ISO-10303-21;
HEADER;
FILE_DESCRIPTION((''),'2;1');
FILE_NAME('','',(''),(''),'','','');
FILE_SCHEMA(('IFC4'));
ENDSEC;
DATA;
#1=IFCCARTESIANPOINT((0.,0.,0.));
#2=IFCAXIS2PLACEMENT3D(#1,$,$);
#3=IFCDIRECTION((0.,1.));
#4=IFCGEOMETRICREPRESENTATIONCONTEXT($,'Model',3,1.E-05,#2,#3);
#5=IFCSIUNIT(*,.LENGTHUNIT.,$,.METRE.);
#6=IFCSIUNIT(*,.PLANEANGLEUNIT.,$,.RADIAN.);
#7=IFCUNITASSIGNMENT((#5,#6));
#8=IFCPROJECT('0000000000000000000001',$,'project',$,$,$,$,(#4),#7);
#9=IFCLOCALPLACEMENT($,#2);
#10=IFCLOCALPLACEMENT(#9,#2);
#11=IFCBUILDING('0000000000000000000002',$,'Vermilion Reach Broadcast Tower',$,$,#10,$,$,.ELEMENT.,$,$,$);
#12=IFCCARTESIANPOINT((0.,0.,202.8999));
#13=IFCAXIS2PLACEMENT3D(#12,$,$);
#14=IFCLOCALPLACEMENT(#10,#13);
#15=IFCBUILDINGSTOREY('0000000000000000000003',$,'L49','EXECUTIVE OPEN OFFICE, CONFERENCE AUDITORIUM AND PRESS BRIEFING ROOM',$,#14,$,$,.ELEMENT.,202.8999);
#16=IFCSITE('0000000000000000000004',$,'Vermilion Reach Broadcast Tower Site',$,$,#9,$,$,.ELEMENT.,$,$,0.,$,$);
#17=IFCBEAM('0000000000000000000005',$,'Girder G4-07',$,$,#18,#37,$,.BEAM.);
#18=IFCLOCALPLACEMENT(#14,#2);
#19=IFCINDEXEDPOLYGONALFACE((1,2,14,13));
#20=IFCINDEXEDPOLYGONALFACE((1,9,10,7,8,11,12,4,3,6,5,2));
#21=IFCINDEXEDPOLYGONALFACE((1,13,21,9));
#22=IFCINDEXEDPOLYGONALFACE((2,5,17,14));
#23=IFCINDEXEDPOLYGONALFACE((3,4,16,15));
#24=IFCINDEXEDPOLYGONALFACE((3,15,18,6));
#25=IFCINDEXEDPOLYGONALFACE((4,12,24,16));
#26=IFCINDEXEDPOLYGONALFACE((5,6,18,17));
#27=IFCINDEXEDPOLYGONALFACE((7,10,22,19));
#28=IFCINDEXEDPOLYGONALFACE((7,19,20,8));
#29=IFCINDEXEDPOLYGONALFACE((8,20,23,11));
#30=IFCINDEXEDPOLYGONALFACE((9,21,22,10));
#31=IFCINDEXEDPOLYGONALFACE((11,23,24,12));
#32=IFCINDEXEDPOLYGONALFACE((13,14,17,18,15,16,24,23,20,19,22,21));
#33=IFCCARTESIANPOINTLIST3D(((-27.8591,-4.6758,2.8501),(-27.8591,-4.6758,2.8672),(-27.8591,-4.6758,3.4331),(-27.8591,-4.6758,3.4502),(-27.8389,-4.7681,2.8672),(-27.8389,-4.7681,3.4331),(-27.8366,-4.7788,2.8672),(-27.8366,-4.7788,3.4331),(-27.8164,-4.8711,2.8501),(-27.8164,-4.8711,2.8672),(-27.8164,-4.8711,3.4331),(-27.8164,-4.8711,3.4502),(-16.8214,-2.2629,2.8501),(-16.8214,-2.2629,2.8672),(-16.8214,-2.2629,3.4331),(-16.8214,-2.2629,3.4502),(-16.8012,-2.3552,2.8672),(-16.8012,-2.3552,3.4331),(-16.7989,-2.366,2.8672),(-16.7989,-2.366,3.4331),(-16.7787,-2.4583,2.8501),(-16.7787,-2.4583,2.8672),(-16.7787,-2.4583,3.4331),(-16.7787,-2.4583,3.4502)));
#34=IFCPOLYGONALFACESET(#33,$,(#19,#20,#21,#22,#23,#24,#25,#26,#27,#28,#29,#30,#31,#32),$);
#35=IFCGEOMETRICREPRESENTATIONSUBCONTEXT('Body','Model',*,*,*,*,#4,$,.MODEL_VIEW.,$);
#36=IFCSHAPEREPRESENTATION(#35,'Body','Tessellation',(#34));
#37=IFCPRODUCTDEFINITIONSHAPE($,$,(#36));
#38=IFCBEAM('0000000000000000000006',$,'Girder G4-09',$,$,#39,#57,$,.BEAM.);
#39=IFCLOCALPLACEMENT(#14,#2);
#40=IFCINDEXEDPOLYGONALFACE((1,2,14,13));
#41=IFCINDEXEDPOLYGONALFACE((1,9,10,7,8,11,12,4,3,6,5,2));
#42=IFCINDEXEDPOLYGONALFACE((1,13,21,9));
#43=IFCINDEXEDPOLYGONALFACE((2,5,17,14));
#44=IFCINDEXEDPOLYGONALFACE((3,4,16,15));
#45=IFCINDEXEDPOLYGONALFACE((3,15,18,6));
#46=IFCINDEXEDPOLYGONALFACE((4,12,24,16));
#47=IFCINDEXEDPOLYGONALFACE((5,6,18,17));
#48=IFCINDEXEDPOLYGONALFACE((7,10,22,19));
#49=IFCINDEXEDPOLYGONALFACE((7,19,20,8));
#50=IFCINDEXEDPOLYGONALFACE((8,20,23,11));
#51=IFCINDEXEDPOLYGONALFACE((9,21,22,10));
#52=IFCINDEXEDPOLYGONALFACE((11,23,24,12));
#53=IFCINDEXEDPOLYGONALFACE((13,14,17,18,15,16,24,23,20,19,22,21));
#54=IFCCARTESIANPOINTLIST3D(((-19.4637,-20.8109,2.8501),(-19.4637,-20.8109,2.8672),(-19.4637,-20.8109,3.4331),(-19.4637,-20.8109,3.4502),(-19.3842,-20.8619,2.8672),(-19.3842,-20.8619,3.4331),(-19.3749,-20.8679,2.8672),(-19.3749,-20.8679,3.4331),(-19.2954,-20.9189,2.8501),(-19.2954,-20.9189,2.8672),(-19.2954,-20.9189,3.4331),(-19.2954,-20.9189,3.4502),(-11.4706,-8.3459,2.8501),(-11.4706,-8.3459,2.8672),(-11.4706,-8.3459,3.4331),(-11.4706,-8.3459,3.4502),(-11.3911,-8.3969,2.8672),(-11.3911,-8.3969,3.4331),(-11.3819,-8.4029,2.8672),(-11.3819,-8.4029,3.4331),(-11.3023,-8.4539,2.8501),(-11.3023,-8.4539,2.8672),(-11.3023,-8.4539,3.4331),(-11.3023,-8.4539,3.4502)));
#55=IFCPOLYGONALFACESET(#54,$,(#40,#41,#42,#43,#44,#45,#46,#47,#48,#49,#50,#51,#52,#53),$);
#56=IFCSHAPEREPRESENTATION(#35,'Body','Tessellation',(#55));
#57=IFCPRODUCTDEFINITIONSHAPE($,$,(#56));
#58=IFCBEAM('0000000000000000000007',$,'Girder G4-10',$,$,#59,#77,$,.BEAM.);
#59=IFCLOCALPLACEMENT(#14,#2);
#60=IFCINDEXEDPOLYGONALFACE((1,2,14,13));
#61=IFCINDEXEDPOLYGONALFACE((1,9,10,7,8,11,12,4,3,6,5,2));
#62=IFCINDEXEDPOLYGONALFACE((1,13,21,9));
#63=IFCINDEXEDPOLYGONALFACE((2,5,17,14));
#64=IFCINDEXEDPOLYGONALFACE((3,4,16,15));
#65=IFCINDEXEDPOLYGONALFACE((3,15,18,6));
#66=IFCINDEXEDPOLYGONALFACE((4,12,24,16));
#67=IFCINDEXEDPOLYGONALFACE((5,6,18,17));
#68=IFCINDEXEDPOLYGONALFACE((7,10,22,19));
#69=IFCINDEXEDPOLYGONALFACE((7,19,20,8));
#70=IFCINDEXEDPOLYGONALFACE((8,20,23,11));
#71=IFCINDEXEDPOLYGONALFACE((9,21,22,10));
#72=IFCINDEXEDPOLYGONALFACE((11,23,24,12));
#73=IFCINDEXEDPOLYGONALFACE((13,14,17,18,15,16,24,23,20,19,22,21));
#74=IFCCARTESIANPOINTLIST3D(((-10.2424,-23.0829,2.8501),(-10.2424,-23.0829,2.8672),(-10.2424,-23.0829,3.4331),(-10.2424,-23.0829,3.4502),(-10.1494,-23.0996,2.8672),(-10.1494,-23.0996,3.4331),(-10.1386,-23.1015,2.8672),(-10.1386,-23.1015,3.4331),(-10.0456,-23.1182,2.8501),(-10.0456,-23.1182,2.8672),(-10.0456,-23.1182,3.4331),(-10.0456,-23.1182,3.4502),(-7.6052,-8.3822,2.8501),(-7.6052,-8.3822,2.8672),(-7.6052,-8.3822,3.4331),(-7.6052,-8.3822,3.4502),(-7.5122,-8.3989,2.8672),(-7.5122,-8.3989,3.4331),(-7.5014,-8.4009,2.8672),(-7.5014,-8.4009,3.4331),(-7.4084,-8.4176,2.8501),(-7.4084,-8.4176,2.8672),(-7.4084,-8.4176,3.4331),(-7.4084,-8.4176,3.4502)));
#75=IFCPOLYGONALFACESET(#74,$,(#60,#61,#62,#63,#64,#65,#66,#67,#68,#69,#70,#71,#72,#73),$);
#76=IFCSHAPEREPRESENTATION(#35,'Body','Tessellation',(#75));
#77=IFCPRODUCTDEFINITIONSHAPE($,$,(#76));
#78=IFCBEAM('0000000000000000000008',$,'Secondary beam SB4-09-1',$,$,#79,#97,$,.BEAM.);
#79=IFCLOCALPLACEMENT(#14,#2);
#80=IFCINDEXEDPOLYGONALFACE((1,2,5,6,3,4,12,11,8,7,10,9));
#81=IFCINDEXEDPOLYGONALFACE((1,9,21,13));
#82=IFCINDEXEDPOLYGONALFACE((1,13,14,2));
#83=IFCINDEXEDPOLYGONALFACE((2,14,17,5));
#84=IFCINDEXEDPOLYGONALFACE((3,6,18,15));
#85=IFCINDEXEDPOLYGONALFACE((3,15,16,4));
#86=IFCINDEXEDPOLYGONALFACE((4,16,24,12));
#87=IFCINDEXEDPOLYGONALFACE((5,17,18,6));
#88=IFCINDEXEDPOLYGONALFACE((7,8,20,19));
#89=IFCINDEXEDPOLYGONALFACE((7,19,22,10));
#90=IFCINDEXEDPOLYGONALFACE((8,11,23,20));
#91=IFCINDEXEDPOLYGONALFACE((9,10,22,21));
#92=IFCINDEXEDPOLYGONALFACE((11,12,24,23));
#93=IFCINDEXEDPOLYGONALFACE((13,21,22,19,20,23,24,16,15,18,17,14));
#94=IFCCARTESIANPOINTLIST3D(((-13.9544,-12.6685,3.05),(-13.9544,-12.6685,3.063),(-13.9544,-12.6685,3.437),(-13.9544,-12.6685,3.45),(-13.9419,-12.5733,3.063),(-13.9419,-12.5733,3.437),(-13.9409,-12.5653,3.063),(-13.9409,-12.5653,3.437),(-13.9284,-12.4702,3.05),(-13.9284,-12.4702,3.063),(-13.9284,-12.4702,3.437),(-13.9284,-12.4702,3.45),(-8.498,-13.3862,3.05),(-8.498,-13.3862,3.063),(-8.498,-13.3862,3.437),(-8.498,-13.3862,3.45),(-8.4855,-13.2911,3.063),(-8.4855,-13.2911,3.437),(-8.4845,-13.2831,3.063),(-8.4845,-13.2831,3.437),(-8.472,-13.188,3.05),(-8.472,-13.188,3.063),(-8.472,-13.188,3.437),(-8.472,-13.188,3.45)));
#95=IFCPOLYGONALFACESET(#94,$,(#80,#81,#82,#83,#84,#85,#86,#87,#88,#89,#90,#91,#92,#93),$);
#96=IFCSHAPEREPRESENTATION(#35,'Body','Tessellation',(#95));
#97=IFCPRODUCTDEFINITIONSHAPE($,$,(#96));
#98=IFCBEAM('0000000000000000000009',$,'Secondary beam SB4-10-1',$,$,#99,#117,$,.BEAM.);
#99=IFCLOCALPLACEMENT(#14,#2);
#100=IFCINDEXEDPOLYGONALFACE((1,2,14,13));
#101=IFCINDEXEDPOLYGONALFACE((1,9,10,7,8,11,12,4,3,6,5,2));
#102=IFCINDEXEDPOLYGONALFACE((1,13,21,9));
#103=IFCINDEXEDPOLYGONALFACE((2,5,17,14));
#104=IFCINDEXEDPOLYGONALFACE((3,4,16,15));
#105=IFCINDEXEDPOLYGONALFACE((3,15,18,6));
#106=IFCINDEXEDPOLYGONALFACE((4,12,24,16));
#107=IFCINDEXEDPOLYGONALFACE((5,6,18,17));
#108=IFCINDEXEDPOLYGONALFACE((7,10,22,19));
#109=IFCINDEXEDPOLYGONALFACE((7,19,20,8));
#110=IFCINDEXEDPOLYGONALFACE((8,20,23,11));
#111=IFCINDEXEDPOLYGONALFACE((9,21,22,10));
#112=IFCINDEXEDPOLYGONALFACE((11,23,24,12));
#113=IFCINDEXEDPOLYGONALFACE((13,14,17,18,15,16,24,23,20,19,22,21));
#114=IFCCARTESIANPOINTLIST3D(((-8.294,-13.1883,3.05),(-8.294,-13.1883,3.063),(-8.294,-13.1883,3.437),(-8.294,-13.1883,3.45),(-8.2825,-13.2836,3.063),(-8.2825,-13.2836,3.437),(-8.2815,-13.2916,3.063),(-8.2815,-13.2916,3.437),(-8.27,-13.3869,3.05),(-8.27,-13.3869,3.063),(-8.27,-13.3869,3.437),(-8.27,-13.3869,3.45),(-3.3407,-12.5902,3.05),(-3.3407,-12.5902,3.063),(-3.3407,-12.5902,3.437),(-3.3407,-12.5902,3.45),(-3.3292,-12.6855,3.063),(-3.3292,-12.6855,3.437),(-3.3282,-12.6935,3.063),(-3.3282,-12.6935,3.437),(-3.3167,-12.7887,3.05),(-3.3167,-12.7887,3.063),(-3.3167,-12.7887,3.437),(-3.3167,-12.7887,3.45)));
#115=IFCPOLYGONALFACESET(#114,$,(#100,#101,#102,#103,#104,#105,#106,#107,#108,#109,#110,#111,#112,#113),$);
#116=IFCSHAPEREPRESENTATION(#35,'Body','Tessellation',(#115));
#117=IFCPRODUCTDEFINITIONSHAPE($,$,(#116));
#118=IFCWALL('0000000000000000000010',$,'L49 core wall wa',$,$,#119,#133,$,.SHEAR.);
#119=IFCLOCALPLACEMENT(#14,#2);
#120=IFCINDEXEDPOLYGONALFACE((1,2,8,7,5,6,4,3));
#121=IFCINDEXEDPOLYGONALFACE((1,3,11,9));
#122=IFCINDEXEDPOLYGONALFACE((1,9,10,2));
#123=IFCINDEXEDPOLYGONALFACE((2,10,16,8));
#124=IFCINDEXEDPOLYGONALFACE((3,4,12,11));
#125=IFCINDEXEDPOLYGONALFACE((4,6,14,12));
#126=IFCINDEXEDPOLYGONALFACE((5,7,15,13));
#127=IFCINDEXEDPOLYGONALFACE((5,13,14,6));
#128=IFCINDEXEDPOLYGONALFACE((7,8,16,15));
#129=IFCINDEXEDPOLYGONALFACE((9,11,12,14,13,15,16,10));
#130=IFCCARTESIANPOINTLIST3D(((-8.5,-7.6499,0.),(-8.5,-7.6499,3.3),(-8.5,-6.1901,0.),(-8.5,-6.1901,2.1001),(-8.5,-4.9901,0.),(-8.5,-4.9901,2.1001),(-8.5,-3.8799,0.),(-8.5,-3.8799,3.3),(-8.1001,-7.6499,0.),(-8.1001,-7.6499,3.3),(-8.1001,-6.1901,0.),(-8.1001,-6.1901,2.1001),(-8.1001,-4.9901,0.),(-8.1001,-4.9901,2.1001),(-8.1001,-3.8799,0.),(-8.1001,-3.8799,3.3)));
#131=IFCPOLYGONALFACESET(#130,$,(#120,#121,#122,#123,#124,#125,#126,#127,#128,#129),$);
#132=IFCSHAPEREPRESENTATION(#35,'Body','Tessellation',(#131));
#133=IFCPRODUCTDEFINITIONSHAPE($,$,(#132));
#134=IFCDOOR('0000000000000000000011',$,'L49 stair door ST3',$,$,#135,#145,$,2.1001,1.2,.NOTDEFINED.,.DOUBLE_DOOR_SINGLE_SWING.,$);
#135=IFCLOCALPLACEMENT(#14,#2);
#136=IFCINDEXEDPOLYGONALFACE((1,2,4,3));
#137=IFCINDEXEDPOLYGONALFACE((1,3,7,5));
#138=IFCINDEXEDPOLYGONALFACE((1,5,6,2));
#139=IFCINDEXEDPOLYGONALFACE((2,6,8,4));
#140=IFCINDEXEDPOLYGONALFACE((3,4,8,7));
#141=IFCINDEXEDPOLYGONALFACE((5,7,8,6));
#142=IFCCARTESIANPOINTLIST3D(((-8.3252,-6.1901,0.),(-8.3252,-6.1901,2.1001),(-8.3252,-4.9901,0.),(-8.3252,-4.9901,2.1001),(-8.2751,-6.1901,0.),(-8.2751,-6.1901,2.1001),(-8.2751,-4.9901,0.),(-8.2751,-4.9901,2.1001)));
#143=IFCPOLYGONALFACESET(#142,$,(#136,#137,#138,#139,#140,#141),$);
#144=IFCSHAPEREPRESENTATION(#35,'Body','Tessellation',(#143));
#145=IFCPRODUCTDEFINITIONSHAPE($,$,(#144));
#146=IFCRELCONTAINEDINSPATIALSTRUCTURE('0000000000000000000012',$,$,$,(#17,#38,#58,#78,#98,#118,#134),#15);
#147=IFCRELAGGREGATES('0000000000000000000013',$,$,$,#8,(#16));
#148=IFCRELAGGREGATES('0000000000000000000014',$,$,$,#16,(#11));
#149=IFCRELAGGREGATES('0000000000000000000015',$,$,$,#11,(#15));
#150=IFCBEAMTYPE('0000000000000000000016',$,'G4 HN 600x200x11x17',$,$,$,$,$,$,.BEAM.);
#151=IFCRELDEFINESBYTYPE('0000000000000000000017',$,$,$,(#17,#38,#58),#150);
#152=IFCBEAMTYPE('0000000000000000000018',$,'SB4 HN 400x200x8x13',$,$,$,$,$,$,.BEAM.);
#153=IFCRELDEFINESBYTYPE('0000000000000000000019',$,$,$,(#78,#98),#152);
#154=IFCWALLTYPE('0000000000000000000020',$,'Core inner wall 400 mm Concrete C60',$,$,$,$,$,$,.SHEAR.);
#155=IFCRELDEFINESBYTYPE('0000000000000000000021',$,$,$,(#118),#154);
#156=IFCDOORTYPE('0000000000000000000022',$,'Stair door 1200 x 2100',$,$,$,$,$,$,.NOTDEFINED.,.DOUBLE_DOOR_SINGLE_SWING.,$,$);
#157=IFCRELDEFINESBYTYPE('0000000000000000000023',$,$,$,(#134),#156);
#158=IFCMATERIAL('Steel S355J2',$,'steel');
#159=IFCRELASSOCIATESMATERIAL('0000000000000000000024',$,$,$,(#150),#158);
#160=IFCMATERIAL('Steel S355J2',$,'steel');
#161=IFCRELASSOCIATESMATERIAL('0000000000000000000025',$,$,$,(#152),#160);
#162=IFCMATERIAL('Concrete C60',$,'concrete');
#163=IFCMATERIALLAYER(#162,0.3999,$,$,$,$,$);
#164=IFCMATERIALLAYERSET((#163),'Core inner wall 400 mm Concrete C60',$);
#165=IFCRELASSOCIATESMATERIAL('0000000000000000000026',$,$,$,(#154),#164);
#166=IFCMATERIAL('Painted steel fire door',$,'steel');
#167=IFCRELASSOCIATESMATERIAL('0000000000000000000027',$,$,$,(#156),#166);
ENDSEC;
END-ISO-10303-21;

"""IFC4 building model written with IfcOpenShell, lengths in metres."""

from ifc_helpers import new_model, si_unit, direction, frame, frame_2d, origin, origin_2d, place, context, subcontext, project, spatial, rectangle, i_section, extrude, material, layer, layer_set, material_profile, profile_set, type_object, element, fill, save


model = new_model("IFC4")

# Units and contexts
model_context = context("Model", 3, precision=1e-05, world=origin(), true_north=direction((0.0, 1.0)))
body_context = subcontext(model_context, "Body", "Model", "MODEL_VIEW")
ifc_project = project(units=[si_unit("LENGTHUNIT", "METRE"), si_unit("PLANEANGLEUNIT", "RADIAN")], contexts=[model_context])

# Site, building, storey
site_placement = place(None, origin())
site = spatial("IfcSite", under=ifc_project, at=site_placement, Name="Vermilion Reach Broadcast Tower Site", CompositionType="ELEMENT", RefElevation=0.0)
building_placement = place(site_placement, origin())
building = spatial("IfcBuilding", under=site, at=building_placement, Name="Vermilion Reach Broadcast Tower", CompositionType="ELEMENT")
storey_placement = place(building_placement, frame((0.0, 0.0, 202.8999)))
storey = spatial("IfcBuildingStorey", under=building, at=storey_placement, Name="L49", Description="EXECUTIVE OPEN OFFICE, CONFERENCE AUDITORIUM AND PRESS BRIEFING ROOM", CompositionType="ELEMENT", Elevation=202.8999)

# Beams
ifc_material_1 = material(Name="Steel S355J2", Category="steel")
ifc_material_profile_1 = material_profile(ifc_material_1, i_section(OverallWidth=0.2, OverallDepth=0.6001, WebThickness=0.011, FlangeThickness=0.0171, at=origin_2d()), Name="S355J2 HN 600x200x11x17")
ifc_profile_set_1 = profile_set([ifc_material_profile_1], Name="Steel S355J2")
beam_type_1 = type_object("IfcBeamType", Name="G4 HN 600x200x11x17", PredefinedType="BEAM", material=ifc_profile_set_1)
beam_1_placement = place(storey_placement, frame((-16.8, -2.3606, 3.1501), z_axis=(-0.97693, -0.213559, 0.0), x_axis=(0.213559, -0.97693, 0.0)))
element("IfcBeam", 1, at=beam_1_placement, inside=storey, type_object=beam_type_1, Name="Girder G4-07", PredefinedType="BEAM", context=body_context, shape_type="SweptSolid", body=[
    extrude(i_section(OverallWidth=0.2, OverallDepth=0.6001, WebThickness=0.011, FlangeThickness=0.0171, at=origin_2d()), origin(), (0.0, 0.0, 1.0), 11.2983),
])
beam_2_placement = place(storey_placement, frame((-11.3865, -8.3999, 3.1501), z_axis=(-0.539796, -0.841796, 0.0), x_axis=(0.841796, -0.539796, 0.0)))
element("IfcBeam", 2, at=beam_2_placement, inside=storey, type_object=beam_type_1, Name="Girder G4-09", PredefinedType="BEAM", context=body_context, shape_type="SweptSolid", body=[
    extrude(i_section(OverallWidth=0.2, OverallDepth=0.6001, WebThickness=0.011, FlangeThickness=0.0171, at=origin_2d()), origin(), (0.0, 0.0, 1.0), 14.8076),
])
beam_3_placement = place(storey_placement, frame((-7.5068, -8.3999, 3.1501), z_axis=(-0.176575, -0.984287, 0.0), x_axis=(0.984287, -0.176575, 0.0)))
element("IfcBeam", 3, at=beam_3_placement, inside=storey, type_object=beam_type_1, Name="Girder G4-10", PredefinedType="BEAM", context=body_context, shape_type="SweptSolid", body=[
    extrude(i_section(OverallWidth=0.2, OverallDepth=0.6001, WebThickness=0.011, FlangeThickness=0.0171, at=origin_2d()), origin(), (0.0, 0.0, 1.0), 14.9353),
])
ifc_material_2 = material(Name="Steel S355J2", Category="steel")
ifc_material_profile_2 = material_profile(ifc_material_2, i_section(OverallWidth=0.2, OverallDepth=0.3999, WebThickness=0.0081, FlangeThickness=0.0129, at=origin_2d()), Name="S355J2 HN 400x200x8x13")
ifc_profile_set_2 = profile_set([ifc_material_profile_2], Name="Steel S355J2")
beam_type_2 = type_object("IfcBeamType", Name="SB4 HN 400x200x8x13", PredefinedType="BEAM", material=ifc_profile_set_2)
beam_4_placement = place(storey_placement, frame((-13.9414, -12.5693, 3.25), z_axis=(0.991458, -0.130426, 0.0), x_axis=(0.130426, 0.991458, 0.0)))
element("IfcBeam", 4, at=beam_4_placement, inside=storey, type_object=beam_type_2, Name="Secondary beam SB4-09-1", PredefinedType="BEAM", context=body_context, shape_type="SweptSolid", body=[
    extrude(i_section(OverallWidth=0.2, OverallDepth=0.3999, WebThickness=0.0081, FlangeThickness=0.0129, at=origin_2d()), origin(), (0.0, 0.0, 1.0), 5.5034),
])
beam_5_placement = place(storey_placement, frame((-8.282, -13.2876, 3.25), z_axis=(0.992788, 0.119884, 0.0), x_axis=(-0.119884, 0.992788, 0.0)))
element("IfcBeam", 5, at=beam_5_placement, inside=storey, type_object=beam_type_2, Name="Secondary beam SB4-10-1", PredefinedType="BEAM", context=body_context, shape_type="SweptSolid", body=[
    extrude(i_section(OverallWidth=0.2, OverallDepth=0.3999, WebThickness=0.0081, FlangeThickness=0.0129, at=origin_2d()), origin(), (0.0, 0.0, 1.0), 4.9893),
])

# Wall, opening, door
ifc_material_3 = material(Name="Concrete C60", Category="concrete")
ifc_layer_1 = layer(ifc_material_3, 0.3999)
ifc_layer_set_1 = layer_set([ifc_layer_1], Name="Core inner wall 400 mm Concrete C60")
wall_type_1 = type_object("IfcWallType", Name="Core inner wall 400 mm Concrete C60", PredefinedType="SHEAR", material=ifc_layer_set_1)
wall_1_placement = place(storey_placement, frame((-8.3, -3.8799, 0.0), z_axis=(0.0, 0.0, 1.0), x_axis=(0.0, -1.0, 0.0)))
wall_1 = element("IfcWall", 6, at=wall_1_placement, inside=storey, type_object=wall_type_1, Name="L49 core wall wa", PredefinedType="SHEAR", context=body_context, shape_type="SweptSolid", body=[
    extrude(rectangle(XDim=3.77, YDim=0.3999, at=frame_2d((1.885, 0.0))), origin(), (0.0, 0.0, 1.0), 3.3),
])
opening_1_placement = place(wall_1_placement, frame((1.1101, 0.0, 0.0)))
opening_1 = element("IfcOpeningElement", 7, at=opening_1_placement, cuts=wall_1, PredefinedType="OPENING", context=body_context, shape_type="SweptSolid", body=[
    extrude(rectangle(XDim=1.2, YDim=2.1001, at=frame_2d((0.6001, 1.05))), frame((0.0, 0.21, 0.0), z_axis=(0.0, -1.0, 0.0), x_axis=(1.0, 0.0, 0.0)), (0.0, 0.0, 1.0), 0.4199),
])
ifc_material_4 = material(Name="Painted steel fire door", Category="steel")
door_type_1 = type_object("IfcDoorType", Name="Stair door 1200 x 2100", OperationType="DOUBLE_DOOR_SINGLE_SWING", PredefinedType="NOTDEFINED", material=ifc_material_4)
door_1_placement = place(opening_1_placement, origin())
door_1 = element("IfcDoor", 8, at=door_1_placement, inside=storey, type_object=door_type_1, Name="L49 stair door ST3", OperationType="DOUBLE_DOOR_SINGLE_SWING", OverallHeight=2.1001, OverallWidth=1.2, PredefinedType="NOTDEFINED", context=body_context, shape_type="SweptSolid", body=[
    extrude(rectangle(XDim=1.2, YDim=2.1001, at=frame_2d((0.6001, 1.05))), frame((0.0, 0.0249, 0.0), z_axis=(0.0, -1.0, 0.0), x_axis=(1.0, 0.0, 0.0)), (0.0, 0.0, 1.0), 0.05),
])
fill(opening_1, door_1)

save(model, "model.ifc")
